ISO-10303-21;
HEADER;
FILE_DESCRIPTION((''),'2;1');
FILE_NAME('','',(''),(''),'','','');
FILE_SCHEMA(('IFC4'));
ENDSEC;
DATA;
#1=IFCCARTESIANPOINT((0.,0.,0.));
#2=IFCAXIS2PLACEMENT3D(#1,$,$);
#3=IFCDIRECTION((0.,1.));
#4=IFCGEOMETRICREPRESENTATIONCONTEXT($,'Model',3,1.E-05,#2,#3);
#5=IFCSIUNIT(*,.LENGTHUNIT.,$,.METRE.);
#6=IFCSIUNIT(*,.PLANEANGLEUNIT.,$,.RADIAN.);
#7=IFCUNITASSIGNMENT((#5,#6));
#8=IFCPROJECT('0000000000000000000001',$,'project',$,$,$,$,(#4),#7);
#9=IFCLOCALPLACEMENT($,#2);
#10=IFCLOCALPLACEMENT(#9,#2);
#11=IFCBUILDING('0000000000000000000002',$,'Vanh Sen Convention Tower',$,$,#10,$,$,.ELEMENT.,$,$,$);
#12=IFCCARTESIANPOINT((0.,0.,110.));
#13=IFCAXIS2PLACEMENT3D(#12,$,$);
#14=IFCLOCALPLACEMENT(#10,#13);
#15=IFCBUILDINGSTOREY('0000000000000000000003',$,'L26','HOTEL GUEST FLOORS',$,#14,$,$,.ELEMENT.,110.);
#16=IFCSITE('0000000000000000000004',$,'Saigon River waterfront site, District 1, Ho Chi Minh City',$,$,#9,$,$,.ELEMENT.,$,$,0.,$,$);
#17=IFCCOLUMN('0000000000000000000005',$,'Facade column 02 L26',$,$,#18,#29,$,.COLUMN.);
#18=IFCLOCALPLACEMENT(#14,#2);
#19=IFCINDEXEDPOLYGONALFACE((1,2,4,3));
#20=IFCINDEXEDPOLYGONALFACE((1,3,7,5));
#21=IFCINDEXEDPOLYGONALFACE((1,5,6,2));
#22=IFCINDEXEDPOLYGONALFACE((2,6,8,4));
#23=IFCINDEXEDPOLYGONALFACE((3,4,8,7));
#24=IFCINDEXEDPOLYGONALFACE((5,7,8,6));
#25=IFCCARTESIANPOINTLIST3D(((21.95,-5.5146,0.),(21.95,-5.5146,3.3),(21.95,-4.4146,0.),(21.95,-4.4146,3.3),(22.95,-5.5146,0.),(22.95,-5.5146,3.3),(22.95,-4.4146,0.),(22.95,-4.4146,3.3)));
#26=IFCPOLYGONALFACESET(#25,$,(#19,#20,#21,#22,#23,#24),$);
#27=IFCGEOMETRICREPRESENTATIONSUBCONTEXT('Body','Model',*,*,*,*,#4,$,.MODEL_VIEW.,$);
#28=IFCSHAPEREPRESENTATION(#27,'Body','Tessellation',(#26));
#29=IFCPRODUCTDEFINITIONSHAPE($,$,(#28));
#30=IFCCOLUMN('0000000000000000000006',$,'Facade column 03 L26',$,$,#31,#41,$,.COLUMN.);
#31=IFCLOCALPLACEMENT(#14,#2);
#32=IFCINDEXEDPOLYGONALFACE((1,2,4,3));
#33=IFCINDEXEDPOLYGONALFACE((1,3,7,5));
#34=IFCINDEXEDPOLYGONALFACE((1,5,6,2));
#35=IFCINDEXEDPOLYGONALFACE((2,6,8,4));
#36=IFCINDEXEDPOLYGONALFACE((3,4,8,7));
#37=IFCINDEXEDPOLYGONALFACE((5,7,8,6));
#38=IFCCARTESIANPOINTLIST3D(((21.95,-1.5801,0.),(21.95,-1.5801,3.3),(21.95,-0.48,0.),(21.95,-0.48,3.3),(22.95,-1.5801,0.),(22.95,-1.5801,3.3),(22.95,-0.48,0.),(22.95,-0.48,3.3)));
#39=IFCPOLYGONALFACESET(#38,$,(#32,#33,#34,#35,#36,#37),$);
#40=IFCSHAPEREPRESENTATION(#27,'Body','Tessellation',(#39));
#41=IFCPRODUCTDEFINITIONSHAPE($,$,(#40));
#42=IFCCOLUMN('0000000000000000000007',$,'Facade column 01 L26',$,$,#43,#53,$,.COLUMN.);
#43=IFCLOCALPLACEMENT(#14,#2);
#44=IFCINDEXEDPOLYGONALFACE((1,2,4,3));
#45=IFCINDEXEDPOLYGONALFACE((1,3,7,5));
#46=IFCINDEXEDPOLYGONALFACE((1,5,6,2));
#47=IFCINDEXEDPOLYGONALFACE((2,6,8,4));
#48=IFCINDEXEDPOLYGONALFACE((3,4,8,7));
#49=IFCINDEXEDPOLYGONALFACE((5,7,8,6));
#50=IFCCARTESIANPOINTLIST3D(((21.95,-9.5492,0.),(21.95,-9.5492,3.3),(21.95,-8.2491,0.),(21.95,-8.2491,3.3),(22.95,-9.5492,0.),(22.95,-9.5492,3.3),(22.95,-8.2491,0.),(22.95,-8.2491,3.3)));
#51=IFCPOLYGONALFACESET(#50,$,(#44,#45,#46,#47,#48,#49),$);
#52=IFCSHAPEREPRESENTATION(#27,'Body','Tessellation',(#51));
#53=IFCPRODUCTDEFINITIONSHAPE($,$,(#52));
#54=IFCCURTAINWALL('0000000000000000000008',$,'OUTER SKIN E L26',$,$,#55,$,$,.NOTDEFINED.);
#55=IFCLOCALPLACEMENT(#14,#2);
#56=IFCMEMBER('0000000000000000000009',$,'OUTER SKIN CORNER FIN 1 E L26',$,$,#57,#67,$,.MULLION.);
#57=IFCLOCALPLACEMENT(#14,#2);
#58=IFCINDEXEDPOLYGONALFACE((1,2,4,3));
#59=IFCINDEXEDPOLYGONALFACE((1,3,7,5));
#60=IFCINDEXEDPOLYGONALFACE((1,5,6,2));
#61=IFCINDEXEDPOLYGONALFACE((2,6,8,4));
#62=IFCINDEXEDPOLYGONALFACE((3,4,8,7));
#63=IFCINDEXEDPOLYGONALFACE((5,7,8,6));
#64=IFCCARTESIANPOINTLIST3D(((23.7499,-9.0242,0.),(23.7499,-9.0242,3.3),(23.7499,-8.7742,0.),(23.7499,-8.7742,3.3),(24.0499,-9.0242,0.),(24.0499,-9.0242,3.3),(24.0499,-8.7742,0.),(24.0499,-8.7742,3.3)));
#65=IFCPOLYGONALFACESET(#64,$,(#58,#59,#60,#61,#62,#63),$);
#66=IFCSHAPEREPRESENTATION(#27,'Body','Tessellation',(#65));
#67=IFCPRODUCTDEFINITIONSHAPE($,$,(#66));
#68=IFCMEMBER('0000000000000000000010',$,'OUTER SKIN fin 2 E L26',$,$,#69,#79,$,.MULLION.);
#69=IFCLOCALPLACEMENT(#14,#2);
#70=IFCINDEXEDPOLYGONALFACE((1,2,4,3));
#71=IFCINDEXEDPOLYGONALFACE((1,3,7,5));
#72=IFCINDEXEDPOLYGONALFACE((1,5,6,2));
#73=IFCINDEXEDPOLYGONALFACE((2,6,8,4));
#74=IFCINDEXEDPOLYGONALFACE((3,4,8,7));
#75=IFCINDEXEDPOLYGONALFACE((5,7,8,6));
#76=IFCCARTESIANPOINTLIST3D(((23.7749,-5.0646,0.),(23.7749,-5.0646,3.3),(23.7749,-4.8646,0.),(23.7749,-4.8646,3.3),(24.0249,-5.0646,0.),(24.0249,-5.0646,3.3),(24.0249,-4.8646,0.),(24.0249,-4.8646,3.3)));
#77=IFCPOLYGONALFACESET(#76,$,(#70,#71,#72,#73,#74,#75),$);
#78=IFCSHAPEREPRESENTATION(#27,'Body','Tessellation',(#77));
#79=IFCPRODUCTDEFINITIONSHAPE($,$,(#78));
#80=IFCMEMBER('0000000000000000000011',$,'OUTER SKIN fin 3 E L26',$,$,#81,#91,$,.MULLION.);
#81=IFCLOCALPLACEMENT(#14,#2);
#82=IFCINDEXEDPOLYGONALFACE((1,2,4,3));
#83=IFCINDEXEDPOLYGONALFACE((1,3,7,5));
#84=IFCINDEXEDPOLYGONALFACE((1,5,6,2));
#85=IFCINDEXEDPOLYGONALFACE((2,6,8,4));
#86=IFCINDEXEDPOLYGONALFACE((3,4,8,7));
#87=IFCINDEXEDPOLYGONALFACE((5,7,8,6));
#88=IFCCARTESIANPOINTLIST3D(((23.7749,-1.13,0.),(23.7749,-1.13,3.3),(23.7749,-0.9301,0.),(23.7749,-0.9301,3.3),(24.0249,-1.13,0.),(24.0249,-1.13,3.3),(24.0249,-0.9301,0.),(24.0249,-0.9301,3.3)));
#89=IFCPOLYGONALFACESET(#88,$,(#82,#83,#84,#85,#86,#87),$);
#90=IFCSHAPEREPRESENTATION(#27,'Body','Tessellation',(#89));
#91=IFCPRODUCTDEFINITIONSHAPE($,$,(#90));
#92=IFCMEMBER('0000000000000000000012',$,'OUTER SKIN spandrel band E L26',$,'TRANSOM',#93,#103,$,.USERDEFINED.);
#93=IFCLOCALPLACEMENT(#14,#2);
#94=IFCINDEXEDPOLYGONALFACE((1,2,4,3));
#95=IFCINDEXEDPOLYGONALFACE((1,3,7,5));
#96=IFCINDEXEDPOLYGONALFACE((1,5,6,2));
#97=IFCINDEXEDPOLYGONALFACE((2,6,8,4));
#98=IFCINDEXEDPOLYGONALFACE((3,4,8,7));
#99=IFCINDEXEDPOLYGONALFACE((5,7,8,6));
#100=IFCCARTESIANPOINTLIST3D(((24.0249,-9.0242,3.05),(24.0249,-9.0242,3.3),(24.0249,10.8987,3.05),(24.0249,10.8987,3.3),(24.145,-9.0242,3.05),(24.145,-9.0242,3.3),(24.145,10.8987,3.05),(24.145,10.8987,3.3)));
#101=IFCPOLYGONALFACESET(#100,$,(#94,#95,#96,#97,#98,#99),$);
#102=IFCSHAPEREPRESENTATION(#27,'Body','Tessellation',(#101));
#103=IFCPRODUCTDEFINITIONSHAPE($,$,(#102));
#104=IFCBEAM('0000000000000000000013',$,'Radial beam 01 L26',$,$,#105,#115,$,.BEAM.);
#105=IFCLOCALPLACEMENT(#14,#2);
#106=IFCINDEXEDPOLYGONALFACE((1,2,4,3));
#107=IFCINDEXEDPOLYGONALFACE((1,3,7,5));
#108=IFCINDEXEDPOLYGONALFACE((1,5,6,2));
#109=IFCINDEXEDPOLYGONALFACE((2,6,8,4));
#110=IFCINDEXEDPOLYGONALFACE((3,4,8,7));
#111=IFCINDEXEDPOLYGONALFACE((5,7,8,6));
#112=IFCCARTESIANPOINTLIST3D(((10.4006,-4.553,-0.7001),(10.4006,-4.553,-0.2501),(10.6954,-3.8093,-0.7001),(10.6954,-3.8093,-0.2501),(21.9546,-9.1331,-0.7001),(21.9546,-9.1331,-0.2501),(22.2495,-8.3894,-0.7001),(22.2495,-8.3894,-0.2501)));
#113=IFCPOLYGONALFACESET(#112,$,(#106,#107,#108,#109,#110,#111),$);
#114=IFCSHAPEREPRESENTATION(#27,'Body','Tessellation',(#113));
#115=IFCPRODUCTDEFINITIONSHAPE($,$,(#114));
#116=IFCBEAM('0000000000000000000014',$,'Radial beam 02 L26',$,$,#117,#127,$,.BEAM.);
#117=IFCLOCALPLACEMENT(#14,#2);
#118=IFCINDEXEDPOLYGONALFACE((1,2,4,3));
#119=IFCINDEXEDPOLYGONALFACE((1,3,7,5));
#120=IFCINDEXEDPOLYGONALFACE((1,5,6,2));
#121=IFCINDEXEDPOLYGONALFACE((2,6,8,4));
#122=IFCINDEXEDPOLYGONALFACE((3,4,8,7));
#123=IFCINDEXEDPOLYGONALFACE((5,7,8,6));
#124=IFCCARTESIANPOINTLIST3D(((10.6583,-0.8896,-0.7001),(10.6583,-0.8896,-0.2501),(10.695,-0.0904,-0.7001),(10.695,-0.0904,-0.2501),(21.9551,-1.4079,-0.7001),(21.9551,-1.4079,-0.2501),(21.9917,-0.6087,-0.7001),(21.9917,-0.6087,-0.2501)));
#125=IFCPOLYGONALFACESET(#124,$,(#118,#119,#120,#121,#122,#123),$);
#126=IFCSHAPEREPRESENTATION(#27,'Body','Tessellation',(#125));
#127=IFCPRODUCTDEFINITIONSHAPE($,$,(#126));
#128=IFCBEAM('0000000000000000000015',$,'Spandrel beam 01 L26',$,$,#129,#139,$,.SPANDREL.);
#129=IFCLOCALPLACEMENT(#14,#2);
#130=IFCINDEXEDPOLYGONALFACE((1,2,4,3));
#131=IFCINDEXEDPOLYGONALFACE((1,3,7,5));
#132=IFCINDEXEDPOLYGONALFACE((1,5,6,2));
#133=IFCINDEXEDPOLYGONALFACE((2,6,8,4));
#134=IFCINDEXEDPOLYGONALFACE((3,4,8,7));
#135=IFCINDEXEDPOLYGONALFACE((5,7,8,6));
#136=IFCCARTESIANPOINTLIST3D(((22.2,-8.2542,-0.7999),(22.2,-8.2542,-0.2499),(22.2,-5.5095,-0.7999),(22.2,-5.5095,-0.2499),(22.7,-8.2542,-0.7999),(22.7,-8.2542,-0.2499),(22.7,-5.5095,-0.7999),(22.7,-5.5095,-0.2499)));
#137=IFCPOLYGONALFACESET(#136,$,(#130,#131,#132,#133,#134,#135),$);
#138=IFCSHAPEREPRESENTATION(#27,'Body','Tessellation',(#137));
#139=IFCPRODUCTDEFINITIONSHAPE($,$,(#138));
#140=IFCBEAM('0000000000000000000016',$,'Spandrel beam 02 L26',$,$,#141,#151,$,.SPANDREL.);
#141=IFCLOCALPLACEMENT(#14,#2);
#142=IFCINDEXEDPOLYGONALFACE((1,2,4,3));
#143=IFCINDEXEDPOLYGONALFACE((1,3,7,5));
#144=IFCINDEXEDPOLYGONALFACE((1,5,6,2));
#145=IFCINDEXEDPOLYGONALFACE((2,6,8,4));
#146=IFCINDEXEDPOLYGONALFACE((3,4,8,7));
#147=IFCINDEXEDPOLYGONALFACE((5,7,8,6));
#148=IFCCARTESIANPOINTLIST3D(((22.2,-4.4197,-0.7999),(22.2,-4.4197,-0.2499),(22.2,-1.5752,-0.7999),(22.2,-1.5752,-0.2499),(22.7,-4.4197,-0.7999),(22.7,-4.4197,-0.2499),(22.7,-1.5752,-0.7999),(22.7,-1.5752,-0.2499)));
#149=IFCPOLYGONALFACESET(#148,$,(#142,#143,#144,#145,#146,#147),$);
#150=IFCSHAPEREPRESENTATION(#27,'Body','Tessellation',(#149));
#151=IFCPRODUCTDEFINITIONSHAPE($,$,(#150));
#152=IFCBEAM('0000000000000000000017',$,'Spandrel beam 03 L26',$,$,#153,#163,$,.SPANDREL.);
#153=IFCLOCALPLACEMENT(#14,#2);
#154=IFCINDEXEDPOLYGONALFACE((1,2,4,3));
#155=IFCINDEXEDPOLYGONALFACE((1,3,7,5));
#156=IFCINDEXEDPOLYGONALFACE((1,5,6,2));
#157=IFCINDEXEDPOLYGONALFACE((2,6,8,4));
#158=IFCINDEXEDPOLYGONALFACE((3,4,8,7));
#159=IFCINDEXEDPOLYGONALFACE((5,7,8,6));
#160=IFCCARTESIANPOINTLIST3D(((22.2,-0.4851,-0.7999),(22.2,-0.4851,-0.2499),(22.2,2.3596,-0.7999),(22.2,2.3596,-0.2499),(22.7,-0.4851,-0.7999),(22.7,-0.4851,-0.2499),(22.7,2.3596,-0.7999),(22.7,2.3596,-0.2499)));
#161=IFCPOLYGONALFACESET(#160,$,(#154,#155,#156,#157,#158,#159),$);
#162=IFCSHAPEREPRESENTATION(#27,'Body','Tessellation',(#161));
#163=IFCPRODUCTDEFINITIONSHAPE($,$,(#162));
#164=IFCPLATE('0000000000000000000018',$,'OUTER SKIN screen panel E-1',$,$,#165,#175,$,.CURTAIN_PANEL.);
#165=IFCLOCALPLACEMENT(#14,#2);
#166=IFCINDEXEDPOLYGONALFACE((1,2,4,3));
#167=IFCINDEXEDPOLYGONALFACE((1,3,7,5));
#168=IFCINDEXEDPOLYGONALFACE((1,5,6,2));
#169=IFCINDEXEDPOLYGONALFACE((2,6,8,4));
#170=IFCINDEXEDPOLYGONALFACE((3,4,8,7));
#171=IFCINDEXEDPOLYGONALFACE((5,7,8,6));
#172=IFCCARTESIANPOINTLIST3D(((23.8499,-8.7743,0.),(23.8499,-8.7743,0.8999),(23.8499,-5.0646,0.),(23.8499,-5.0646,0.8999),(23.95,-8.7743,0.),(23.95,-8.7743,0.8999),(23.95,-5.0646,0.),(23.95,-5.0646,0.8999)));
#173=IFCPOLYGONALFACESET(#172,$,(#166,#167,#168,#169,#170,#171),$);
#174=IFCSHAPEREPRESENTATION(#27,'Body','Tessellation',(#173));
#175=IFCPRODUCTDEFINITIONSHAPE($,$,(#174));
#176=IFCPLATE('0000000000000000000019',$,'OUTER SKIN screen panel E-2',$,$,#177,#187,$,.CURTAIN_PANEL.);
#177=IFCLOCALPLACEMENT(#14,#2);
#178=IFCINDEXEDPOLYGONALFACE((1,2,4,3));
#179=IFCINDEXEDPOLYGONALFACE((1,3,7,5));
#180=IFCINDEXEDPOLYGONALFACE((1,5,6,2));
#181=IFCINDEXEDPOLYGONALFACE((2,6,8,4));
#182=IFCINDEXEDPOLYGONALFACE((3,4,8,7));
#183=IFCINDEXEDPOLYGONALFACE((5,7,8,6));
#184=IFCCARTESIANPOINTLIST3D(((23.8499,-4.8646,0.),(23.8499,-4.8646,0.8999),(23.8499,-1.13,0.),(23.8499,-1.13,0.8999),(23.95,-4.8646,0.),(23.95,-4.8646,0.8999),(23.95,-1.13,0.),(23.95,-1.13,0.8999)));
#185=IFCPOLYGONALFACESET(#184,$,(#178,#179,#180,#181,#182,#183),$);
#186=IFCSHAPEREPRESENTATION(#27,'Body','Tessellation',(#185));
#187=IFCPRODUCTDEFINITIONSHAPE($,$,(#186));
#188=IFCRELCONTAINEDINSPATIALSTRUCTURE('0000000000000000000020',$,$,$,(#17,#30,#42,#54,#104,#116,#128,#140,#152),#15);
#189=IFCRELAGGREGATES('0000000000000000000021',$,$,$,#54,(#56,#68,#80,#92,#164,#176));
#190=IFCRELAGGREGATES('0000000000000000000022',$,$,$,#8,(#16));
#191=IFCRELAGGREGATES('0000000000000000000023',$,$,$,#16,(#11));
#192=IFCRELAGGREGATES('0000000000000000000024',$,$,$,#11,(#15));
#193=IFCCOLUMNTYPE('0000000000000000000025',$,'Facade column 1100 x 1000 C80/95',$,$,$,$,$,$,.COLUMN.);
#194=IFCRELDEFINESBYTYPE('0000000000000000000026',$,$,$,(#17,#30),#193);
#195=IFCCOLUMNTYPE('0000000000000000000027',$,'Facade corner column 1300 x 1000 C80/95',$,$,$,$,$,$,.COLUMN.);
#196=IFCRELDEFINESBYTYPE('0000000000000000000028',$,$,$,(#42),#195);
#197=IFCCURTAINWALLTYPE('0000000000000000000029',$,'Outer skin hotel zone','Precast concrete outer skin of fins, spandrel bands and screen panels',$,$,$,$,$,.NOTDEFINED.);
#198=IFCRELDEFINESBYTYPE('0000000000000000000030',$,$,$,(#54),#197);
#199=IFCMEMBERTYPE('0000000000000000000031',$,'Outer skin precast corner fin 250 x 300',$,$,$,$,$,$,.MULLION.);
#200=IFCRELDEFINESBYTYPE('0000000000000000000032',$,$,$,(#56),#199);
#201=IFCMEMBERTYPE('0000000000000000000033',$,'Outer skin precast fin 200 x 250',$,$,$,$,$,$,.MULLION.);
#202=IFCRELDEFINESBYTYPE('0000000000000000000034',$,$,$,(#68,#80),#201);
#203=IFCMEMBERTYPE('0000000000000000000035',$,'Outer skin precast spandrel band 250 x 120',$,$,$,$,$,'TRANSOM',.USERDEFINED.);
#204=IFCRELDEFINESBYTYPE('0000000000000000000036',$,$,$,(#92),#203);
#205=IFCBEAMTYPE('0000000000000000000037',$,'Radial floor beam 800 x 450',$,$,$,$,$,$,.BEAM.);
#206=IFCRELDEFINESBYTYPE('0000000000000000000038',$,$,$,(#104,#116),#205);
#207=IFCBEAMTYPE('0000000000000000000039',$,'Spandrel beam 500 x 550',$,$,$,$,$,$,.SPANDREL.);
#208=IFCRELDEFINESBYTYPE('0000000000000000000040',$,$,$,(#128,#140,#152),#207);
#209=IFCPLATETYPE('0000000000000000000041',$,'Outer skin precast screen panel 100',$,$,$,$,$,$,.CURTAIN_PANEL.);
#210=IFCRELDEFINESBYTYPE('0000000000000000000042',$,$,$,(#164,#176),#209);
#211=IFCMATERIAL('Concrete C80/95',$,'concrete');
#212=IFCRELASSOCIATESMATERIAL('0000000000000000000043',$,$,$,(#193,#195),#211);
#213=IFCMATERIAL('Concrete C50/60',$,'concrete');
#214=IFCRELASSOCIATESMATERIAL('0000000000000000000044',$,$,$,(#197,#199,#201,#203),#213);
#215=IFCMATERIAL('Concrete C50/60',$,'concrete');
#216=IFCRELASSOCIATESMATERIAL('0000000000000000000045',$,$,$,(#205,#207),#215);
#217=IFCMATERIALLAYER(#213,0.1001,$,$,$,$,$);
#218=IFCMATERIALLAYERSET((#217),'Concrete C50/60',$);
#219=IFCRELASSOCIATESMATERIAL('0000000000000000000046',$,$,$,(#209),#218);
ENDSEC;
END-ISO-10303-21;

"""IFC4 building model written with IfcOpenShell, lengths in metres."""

from ifc_helpers import new_model, si_unit, direction, frame, origin, origin_2d, place, context, subcontext, project, spatial, rectangle, extrude, material, layer, layer_set, material_profile, profile_set, type_object, element, aggregate, save


model = new_model("IFC4")

# Units and contexts
model_context = context("Model", 3, precision=1e-05, world=origin(), true_north=direction((0.0, 1.0)))
body_context = subcontext(model_context, "Body", "Model", "MODEL_VIEW")
ifc_project = project(units=[si_unit("LENGTHUNIT", "METRE"), si_unit("PLANEANGLEUNIT", "RADIAN")], contexts=[model_context])

# Site, building, storey
site_placement = place(None, origin())
site = spatial("IfcSite", under=ifc_project, at=site_placement, Name="Saigon River waterfront site, District 1, Ho Chi Minh City", CompositionType="ELEMENT", RefElevation=0.0)
building_placement = place(site_placement, origin())
building = spatial("IfcBuilding", under=site, at=building_placement, Name="Vanh Sen Convention Tower", CompositionType="ELEMENT")
storey_placement = place(building_placement, frame((0.0, 0.0, 110.0)))
storey = spatial("IfcBuildingStorey", under=building, at=storey_placement, Name="L26", Description="HOTEL GUEST FLOORS", CompositionType="ELEMENT", Elevation=110.0)

# Columns
ifc_material_1 = material(Name="Concrete C80/95", Category="concrete")
ifc_material_profile_1 = material_profile(ifc_material_1, rectangle(XDim=1.1001, YDim=1.0, at=origin_2d()), Name="RC 1100X1000")
ifc_profile_set_1 = profile_set([ifc_material_profile_1], Name="Concrete C80/95")
column_type_1 = type_object("IfcColumnType", Name="Facade column 1100 x 1000 C80/95", PredefinedType="COLUMN", material=ifc_profile_set_1)
for number, where, z_axis, x_axis, name in (
    (1, (22.45, -4.9646, 0.0), (0.0, 0.0, 1.0), (0.0, 1.0, 0.0), "Facade column 02 L26"),
    (2, (22.45, -1.03, 0.0), (0.0, 0.0, 1.0), (0.0, 1.0, 0.0), "Facade column 03 L26"),
):
    element("IfcColumn", number, at=place(storey_placement, frame(where, z_axis=z_axis, x_axis=x_axis)), inside=storey, type_object=column_type_1, Name=name, PredefinedType="COLUMN", context=body_context, shape_type="SweptSolid", body=[
        extrude(rectangle(XDim=1.1001, YDim=1.0, at=origin_2d()), origin(), (0.0, 0.0, 1.0), 3.3),
    ])
ifc_material_profile_2 = material_profile(ifc_material_1, rectangle(XDim=1.3, YDim=1.0, at=origin_2d()), Name="RC 1300X1000")
ifc_profile_set_2 = profile_set([ifc_material_profile_2], Name="Concrete C80/95")
column_type_2 = type_object("IfcColumnType", Name="Facade corner column 1300 x 1000 C80/95", PredefinedType="COLUMN", material=ifc_profile_set_2)
column_placement = place(storey_placement, frame((22.45, -8.8992, 0.0), z_axis=(0.0, 0.0, 1.0), x_axis=(0.0, 1.0, 0.0)))
element("IfcColumn", 3, at=column_placement, inside=storey, type_object=column_type_2, Name="Facade column 01 L26", PredefinedType="COLUMN", context=body_context, shape_type="SweptSolid", body=[
    extrude(rectangle(XDim=1.3, YDim=1.0, at=origin_2d()), origin(), (0.0, 0.0, 1.0), 3.3),
])

# Curtain wall, members
ifc_material_2 = material(Name="Concrete C50/60", Category="concrete")
curtain_wall_type = type_object("IfcCurtainWallType", Name="Outer skin hotel zone", Description="Precast concrete outer skin of fins, spandrel bands and screen panels", PredefinedType="NOTDEFINED", material=ifc_material_2)
curtain_wall_1_placement = place(storey_placement, origin())
curtain_wall_1 = element("IfcCurtainWall", 4, at=curtain_wall_1_placement, inside=storey, type_object=curtain_wall_type, Name="OUTER SKIN E L26", PredefinedType="NOTDEFINED")
ifc_material_profile_3 = material_profile(ifc_material_2, rectangle(XDim=0.25, YDim=0.3, at=origin_2d()), Name="Outer skin precast corner fin 250 x 300")
ifc_profile_set_3 = profile_set([ifc_material_profile_3], Name="Concrete C50/60")
member_type_1 = type_object("IfcMemberType", Name="Outer skin precast corner fin 250 x 300", PredefinedType="MULLION", material=ifc_profile_set_3)
member_1_placement = place(storey_placement, frame((23.8999, -8.8992, 0.0), z_axis=(0.0, 0.0, 1.0), x_axis=(0.0, 1.0, 0.0)))
member_1 = element("IfcMember", 5, at=member_1_placement, type_object=member_type_1, Name="OUTER SKIN CORNER FIN 1 E L26", PredefinedType="MULLION", context=body_context, shape_type="SweptSolid", body=[
    extrude(rectangle(XDim=0.25, YDim=0.3, at=origin_2d()), origin(), (0.0, 0.0, 1.0), 3.3),
])
ifc_material_profile_4 = material_profile(ifc_material_2, rectangle(XDim=0.2, YDim=0.25, at=origin_2d()), Name="Outer skin precast fin 200 x 250")
ifc_profile_set_4 = profile_set([ifc_material_profile_4], Name="Concrete C50/60")
member_type_2 = type_object("IfcMemberType", Name="Outer skin precast fin 200 x 250", PredefinedType="MULLION", material=ifc_profile_set_4)
member_2_placement = place(storey_placement, frame((23.8999, -4.9646, 0.0), z_axis=(0.0, 0.0, 1.0), x_axis=(0.0, 1.0, 0.0)))
member_2 = element("IfcMember", 6, at=member_2_placement, type_object=member_type_2, Name="OUTER SKIN fin 2 E L26", PredefinedType="MULLION", context=body_context, shape_type="SweptSolid", body=[
    extrude(rectangle(XDim=0.2, YDim=0.25, at=origin_2d()), origin(), (0.0, 0.0, 1.0), 3.3),
])
member_3_placement = place(storey_placement, frame((23.8999, -1.03, 0.0), z_axis=(0.0, 0.0, 1.0), x_axis=(0.0, 1.0, 0.0)))
member_3 = element("IfcMember", 7, at=member_3_placement, type_object=member_type_2, Name="OUTER SKIN fin 3 E L26", PredefinedType="MULLION", context=body_context, shape_type="SweptSolid", body=[
    extrude(rectangle(XDim=0.2, YDim=0.25, at=origin_2d()), origin(), (0.0, 0.0, 1.0), 3.3),
])
ifc_material_profile_5 = material_profile(ifc_material_2, rectangle(XDim=0.1201, YDim=0.25, at=origin_2d()), Name="Outer skin precast spandrel band 250 x 120")
ifc_profile_set_5 = profile_set([ifc_material_profile_5], Name="Concrete C50/60")
member_type_3 = type_object("IfcMemberType", Name="Outer skin precast spandrel band 250 x 120", ElementType="TRANSOM", PredefinedType="USERDEFINED", material=ifc_profile_set_5)
member_4_placement = place(storey_placement, frame((24.085, -9.0242, 3.175), z_axis=(0.0, 1.0, 0.0), x_axis=(-1.0, 0.0, 0.0)))
member_4 = element("IfcMember", 8, at=member_4_placement, type_object=member_type_3, Name="OUTER SKIN spandrel band E L26", ObjectType="TRANSOM", PredefinedType="USERDEFINED", context=body_context, shape_type="SweptSolid", body=[
    extrude(rectangle(XDim=0.1201, YDim=0.25, at=origin_2d()), origin(), (0.0, 0.0, 1.0), 19.9229),
])

# Beams
ifc_material_3 = material(Name="Concrete C50/60", Category="concrete")
ifc_material_profile_6 = material_profile(ifc_material_3, rectangle(XDim=0.8, YDim=0.45, at=origin_2d()), Name="RC 800X450")
ifc_profile_set_6 = profile_set([ifc_material_profile_6], Name="Concrete C50/60")
beam_type_1 = type_object("IfcBeamType", Name="Radial floor beam 800 x 450", PredefinedType="BEAM", material=ifc_profile_set_6)
beam_1_placement = place(storey_placement, frame((22.1021, -8.7612, -0.4751), z_axis=(-0.929624, 0.36851, 0.0), x_axis=(-0.36851, -0.929624, 0.0)))
element("IfcBeam", 9, at=beam_1_placement, inside=storey, type_object=beam_type_1, Name="Radial beam 01 L26", PredefinedType="BEAM", context=body_context, shape_type="SweptSolid", body=[
    extrude(rectangle(XDim=0.8, YDim=0.45, at=origin_2d()), origin(), (0.0, 0.0, 1.0), 12.4287),
])
beam_2_placement = place(storey_placement, frame((21.9734, -1.0083, -0.4751), z_axis=(-0.998949, 0.045834, 0.0), x_axis=(-0.045834, -0.998949, 0.0)))
element("IfcBeam", 10, at=beam_2_placement, inside=storey, type_object=beam_type_1, Name="Radial beam 02 L26", PredefinedType="BEAM", context=body_context, shape_type="SweptSolid", body=[
    extrude(rectangle(XDim=0.8, YDim=0.45, at=origin_2d()), origin(), (0.0, 0.0, 1.0), 11.3086),
])
ifc_material_profile_7 = material_profile(ifc_material_3, rectangle(XDim=0.5, YDim=0.55, at=origin_2d()), Name="RC 500X550")
ifc_profile_set_7 = profile_set([ifc_material_profile_7], Name="Concrete C50/60")
beam_type_2 = type_object("IfcBeamType", Name="Spandrel beam 500 x 550", PredefinedType="SPANDREL", material=ifc_profile_set_7)
beam_3_placement = place(storey_placement, frame((22.45, -8.2542, -0.5249), z_axis=(0.0, 1.0, 0.0), x_axis=(-1.0, 0.0, 0.0)))
element("IfcBeam", 11, at=beam_3_placement, inside=storey, type_object=beam_type_2, Name="Spandrel beam 01 L26", PredefinedType="SPANDREL", context=body_context, shape_type="SweptSolid", body=[
    extrude(rectangle(XDim=0.5, YDim=0.55, at=origin_2d()), origin(), (0.0, 0.0, 1.0), 2.7446),
])
beam_4_placement = place(storey_placement, frame((22.45, -4.4197, -0.5249), z_axis=(0.0, 1.0, 0.0), x_axis=(-1.0, 0.0, 0.0)))
element("IfcBeam", 12, at=beam_4_placement, inside=storey, type_object=beam_type_2, Name="Spandrel beam 02 L26", PredefinedType="SPANDREL", context=body_context, shape_type="SweptSolid", body=[
    extrude(rectangle(XDim=0.5, YDim=0.55, at=origin_2d()), origin(), (0.0, 0.0, 1.0), 2.8445),
])
beam_5_placement = place(storey_placement, frame((22.45, -0.4851, -0.5249), z_axis=(0.0, 1.0, 0.0), x_axis=(-1.0, 0.0, 0.0)))
element("IfcBeam", 13, at=beam_5_placement, inside=storey, type_object=beam_type_2, Name="Spandrel beam 03 L26", PredefinedType="SPANDREL", context=body_context, shape_type="SweptSolid", body=[
    extrude(rectangle(XDim=0.5, YDim=0.55, at=origin_2d()), origin(), (0.0, 0.0, 1.0), 2.8447),
])

# Plates
ifc_layer_1 = layer(ifc_material_2, 0.1001)
ifc_layer_set_1 = layer_set([ifc_layer_1], Name="Concrete C50/60")
plate_type = type_object("IfcPlateType", Name="Outer skin precast screen panel 100", PredefinedType="CURTAIN_PANEL", material=ifc_layer_set_1)
plate_1_placement = place(storey_placement, frame((23.8999, -6.9194, 0.0), z_axis=(0.0, 0.0, 1.0), x_axis=(0.0, 1.0, 0.0)))
plate_1 = element("IfcPlate", 14, at=plate_1_placement, type_object=plate_type, Name="OUTER SKIN screen panel E-1", PredefinedType="CURTAIN_PANEL", context=body_context, shape_type="SweptSolid", body=[
    extrude(rectangle(XDim=3.7097, YDim=0.1001, at=origin_2d()), origin(), (0.0, 0.0, 1.0), 0.8999),
])
plate_2_placement = place(storey_placement, frame((23.8999, -2.9973, 0.0), z_axis=(0.0, 0.0, 1.0), x_axis=(0.0, 1.0, 0.0)))
plate_2 = element("IfcPlate", 15, at=plate_2_placement, type_object=plate_type, Name="OUTER SKIN screen panel E-2", PredefinedType="CURTAIN_PANEL", context=body_context, shape_type="SweptSolid", body=[
    extrude(rectangle(XDim=3.7346, YDim=0.1001, at=origin_2d()), origin(), (0.0, 0.0, 1.0), 0.8999),
])
aggregate(curtain_wall_1, [member_1, member_2, member_3, member_4, plate_1, plate_2])

save(model, "model.ifc")
